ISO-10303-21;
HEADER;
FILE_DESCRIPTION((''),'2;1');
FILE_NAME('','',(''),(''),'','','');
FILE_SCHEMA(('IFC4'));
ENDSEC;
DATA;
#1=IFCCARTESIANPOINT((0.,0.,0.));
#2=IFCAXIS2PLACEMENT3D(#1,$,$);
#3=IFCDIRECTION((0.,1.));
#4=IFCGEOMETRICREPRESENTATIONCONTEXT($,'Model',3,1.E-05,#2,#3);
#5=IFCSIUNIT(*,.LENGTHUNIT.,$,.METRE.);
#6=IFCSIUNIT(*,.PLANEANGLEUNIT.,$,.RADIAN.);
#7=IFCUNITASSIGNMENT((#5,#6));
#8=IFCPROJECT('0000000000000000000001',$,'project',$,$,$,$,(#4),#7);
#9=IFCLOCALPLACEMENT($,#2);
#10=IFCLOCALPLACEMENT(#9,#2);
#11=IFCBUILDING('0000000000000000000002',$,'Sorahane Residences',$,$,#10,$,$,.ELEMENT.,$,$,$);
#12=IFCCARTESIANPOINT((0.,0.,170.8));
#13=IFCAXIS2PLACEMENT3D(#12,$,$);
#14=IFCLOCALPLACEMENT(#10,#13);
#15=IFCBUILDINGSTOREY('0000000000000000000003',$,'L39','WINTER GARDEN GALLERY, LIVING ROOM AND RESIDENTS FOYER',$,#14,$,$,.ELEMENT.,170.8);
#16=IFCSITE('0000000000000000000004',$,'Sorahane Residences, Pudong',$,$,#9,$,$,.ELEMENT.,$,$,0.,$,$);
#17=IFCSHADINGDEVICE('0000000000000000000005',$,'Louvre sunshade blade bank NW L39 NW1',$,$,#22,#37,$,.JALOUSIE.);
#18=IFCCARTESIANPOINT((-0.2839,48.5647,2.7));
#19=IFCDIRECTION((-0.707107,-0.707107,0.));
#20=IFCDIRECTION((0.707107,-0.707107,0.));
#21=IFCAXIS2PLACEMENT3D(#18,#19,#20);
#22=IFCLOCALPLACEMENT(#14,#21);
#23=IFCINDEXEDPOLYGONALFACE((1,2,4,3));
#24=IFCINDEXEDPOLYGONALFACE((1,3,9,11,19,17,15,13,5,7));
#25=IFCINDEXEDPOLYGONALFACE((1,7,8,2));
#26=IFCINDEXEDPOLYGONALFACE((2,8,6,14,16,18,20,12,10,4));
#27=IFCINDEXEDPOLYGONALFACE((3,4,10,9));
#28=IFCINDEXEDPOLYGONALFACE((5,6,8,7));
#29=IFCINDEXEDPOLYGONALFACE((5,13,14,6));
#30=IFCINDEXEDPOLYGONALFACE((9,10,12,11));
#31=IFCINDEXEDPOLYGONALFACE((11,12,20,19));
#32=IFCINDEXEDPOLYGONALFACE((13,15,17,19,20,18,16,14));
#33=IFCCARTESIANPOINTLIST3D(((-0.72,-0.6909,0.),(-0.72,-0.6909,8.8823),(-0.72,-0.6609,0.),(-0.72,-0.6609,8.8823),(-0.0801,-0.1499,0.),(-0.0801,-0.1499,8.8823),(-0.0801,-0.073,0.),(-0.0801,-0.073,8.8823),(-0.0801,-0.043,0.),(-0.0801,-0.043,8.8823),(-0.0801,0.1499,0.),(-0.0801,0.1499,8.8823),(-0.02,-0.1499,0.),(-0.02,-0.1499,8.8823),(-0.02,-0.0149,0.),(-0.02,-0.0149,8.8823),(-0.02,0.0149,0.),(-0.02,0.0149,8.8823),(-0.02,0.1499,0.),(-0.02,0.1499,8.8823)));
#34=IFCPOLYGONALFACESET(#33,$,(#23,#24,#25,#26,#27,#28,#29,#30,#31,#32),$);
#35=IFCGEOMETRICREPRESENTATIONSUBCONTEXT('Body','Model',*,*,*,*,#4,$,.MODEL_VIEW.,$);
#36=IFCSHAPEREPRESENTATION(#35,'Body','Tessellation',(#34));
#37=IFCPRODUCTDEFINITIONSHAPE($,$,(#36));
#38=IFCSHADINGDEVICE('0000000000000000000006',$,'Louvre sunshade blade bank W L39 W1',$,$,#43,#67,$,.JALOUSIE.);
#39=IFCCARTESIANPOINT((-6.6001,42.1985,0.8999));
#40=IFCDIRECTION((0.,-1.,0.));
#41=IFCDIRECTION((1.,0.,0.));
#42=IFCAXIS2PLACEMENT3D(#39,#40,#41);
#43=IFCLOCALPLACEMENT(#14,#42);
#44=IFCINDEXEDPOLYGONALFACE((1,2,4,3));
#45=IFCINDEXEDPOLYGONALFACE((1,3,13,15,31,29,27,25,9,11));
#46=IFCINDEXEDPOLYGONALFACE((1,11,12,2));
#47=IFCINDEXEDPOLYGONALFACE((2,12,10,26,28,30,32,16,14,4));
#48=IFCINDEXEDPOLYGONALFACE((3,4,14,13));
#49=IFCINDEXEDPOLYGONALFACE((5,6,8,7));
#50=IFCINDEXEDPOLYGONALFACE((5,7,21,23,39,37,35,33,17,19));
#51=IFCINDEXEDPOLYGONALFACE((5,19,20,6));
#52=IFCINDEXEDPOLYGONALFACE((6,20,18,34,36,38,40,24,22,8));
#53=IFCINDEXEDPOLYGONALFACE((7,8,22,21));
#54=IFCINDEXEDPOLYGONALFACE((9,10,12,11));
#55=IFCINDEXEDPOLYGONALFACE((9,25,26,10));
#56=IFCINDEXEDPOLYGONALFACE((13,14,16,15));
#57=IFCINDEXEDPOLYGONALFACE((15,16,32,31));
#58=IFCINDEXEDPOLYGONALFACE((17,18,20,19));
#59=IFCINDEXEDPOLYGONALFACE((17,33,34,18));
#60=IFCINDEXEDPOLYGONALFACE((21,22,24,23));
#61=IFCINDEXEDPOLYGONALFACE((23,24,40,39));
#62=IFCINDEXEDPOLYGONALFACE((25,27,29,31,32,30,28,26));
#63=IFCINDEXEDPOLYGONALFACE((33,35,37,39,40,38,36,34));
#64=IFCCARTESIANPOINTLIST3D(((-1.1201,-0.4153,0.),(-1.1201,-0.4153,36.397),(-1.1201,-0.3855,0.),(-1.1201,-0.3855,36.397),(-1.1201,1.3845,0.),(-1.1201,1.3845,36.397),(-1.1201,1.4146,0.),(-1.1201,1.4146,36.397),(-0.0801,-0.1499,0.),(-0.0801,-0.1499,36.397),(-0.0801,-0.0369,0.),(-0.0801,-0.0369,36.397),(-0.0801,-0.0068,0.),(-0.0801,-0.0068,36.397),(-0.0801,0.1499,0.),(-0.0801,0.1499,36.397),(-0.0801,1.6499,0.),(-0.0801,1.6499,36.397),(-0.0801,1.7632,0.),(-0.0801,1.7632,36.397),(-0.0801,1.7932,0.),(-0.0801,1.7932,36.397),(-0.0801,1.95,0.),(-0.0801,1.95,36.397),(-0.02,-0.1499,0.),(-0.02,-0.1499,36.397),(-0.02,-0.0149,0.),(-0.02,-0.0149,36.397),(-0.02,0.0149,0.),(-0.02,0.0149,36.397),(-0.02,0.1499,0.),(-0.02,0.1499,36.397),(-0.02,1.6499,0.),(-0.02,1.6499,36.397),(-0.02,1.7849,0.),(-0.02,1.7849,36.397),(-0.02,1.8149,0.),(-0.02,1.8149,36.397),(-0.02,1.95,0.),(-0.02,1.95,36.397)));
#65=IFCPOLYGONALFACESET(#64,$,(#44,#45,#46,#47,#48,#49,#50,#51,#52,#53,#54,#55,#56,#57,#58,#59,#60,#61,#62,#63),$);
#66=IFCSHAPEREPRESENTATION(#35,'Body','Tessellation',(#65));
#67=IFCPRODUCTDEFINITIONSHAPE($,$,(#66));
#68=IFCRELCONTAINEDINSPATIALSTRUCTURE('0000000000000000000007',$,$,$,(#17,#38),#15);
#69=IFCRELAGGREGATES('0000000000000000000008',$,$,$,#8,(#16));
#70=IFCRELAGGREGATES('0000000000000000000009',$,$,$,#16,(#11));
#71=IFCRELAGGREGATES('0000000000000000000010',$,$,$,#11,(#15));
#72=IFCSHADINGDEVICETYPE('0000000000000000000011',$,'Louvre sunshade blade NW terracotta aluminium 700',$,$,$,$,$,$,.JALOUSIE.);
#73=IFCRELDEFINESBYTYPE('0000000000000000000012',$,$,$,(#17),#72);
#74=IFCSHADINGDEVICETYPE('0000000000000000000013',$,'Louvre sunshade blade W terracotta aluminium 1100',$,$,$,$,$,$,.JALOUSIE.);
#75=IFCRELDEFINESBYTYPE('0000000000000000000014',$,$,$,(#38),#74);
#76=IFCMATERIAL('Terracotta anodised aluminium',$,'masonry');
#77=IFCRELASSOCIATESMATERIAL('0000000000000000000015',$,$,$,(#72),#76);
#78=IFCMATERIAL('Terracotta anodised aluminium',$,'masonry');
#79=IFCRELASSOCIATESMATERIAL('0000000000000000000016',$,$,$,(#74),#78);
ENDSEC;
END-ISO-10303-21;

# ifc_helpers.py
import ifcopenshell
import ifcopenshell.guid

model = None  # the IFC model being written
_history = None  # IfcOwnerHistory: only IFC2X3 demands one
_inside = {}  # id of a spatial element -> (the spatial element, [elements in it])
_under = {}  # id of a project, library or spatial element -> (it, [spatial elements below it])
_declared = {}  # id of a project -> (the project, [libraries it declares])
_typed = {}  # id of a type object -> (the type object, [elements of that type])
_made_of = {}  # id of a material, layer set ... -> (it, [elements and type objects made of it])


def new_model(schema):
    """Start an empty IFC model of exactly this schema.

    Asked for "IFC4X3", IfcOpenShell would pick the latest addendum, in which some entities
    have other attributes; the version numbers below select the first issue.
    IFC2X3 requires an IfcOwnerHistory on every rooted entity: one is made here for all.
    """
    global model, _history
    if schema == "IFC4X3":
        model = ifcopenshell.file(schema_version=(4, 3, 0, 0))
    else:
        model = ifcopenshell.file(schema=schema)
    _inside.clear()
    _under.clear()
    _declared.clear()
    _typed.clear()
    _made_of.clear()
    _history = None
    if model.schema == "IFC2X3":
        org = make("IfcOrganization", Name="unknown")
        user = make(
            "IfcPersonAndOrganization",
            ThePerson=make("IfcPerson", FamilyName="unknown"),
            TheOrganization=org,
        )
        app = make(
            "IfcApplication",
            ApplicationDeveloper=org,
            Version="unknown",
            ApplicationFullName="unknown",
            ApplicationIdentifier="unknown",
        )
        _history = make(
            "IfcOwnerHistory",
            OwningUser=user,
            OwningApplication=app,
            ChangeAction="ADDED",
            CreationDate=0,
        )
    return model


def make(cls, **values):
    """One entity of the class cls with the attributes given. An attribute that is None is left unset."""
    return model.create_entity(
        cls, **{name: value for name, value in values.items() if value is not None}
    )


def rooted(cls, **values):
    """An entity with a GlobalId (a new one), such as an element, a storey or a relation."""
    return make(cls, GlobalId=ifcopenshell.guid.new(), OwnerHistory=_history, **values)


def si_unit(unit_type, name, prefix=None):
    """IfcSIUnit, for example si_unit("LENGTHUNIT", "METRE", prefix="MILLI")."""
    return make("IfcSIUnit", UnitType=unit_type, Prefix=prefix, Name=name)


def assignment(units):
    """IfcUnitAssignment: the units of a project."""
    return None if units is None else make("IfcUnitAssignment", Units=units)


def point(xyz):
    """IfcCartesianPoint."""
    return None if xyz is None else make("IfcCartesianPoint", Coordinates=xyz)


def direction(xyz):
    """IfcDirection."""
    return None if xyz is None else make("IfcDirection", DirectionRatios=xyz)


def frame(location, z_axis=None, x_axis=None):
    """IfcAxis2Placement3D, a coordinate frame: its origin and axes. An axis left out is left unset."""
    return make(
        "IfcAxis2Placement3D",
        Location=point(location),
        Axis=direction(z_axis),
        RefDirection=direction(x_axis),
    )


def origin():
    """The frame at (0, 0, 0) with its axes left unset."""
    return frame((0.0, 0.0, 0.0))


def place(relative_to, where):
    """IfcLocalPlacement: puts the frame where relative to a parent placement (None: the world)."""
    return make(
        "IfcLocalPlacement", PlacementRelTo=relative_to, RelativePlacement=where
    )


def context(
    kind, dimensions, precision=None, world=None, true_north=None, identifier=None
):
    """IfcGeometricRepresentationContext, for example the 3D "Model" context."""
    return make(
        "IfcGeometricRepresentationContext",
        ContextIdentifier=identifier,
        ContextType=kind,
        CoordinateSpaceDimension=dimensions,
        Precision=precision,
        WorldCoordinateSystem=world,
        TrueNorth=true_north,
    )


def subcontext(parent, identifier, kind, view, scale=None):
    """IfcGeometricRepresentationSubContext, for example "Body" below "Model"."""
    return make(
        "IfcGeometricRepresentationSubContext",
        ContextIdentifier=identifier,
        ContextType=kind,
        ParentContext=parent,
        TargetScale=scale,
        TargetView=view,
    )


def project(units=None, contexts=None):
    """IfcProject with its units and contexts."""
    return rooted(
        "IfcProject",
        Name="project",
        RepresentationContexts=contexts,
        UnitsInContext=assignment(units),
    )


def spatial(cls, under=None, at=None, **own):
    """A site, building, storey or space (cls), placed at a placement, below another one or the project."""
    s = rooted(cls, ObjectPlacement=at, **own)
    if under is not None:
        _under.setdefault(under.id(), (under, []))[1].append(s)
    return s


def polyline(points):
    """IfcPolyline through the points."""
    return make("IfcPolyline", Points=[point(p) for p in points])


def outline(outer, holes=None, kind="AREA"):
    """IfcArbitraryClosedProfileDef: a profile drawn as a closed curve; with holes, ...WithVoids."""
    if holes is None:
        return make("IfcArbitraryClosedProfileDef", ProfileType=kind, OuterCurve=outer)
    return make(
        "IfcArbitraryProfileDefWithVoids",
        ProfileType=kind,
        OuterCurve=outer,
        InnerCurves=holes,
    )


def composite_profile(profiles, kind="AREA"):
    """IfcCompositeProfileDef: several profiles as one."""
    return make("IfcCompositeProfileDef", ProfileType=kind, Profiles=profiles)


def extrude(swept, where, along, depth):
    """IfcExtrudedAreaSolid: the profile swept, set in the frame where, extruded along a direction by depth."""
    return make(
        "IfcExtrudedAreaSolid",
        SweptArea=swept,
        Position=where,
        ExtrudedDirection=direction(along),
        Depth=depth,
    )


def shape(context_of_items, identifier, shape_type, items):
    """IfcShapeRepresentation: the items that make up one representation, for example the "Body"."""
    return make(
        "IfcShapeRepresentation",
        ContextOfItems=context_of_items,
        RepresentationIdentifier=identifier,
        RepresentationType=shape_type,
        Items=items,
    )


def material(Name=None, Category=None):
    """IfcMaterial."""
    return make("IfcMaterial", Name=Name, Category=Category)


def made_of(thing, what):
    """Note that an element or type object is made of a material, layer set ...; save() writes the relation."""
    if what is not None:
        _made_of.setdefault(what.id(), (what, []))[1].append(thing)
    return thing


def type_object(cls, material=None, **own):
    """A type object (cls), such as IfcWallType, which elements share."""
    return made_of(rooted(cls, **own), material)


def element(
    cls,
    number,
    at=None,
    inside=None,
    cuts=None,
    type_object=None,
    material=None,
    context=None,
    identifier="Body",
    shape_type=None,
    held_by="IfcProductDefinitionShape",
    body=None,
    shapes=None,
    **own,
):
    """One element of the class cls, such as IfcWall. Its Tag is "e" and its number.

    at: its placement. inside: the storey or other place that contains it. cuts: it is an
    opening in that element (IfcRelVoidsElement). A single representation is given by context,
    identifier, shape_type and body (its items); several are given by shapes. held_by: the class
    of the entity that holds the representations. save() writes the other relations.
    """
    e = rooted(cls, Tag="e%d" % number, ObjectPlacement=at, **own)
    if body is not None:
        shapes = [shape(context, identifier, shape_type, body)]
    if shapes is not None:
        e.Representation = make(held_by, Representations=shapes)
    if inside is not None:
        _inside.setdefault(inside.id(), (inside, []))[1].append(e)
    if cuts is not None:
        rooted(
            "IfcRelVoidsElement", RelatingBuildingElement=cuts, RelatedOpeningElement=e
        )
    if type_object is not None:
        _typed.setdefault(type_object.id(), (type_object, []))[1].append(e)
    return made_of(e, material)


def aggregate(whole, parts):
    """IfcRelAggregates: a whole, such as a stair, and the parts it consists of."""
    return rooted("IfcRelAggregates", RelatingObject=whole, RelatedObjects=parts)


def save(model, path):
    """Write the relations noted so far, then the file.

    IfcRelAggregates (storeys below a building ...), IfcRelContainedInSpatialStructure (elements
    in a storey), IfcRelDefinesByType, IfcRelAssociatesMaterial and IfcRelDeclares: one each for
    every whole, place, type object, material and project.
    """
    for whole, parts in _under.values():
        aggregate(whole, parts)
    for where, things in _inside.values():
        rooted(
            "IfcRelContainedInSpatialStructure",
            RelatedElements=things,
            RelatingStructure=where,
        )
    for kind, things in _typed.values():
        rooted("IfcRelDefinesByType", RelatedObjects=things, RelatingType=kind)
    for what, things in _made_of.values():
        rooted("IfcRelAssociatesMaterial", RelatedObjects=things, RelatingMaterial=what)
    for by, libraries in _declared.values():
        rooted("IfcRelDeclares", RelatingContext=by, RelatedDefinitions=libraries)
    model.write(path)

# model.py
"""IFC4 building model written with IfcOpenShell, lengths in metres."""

from ifc_helpers import new_model, si_unit, direction, frame, origin, place, context, subcontext, project, spatial, polyline, outline, composite_profile, extrude, material, type_object, element, save


model = new_model("IFC4")

# Units and contexts
model_context = context("Model", 3, precision=1e-05, world=origin(), true_north=direction((0.0, 1.0)))
body_context = subcontext(model_context, "Body", "Model", "MODEL_VIEW")
ifc_project = project(units=[si_unit("LENGTHUNIT", "METRE"), si_unit("PLANEANGLEUNIT", "RADIAN")], contexts=[model_context])

# Site, building, storey
site_placement = place(None, origin())
site = spatial("IfcSite", under=ifc_project, at=site_placement, Name="Sorahane Residences, Pudong", CompositionType="ELEMENT", RefElevation=0.0)
building_placement = place(site_placement, origin())
building = spatial("IfcBuilding", under=site, at=building_placement, Name="Sorahane Residences", CompositionType="ELEMENT")
storey_placement = place(building_placement, frame((0.0, 0.0, 170.8)))
storey = spatial("IfcBuildingStorey", under=building, at=storey_placement, Name="L39", Description="WINTER GARDEN GALLERY, LIVING ROOM AND RESIDENTS FOYER", CompositionType="ELEMENT", Elevation=170.8)

# Shading devices
ifc_material_1 = material(Name="Terracotta anodised aluminium", Category="masonry")
shading_device_type_1 = type_object("IfcShadingDeviceType", Name="Louvre sunshade blade NW terracotta aluminium 700", PredefinedType="JALOUSIE", material=ifc_material_1)
shading_device_1_placement = place(storey_placement, frame((-0.2839, 48.5647, 2.7), z_axis=(-0.707107, -0.707107, 0.0), x_axis=(0.707107, -0.707107, 0.0)))
element("IfcShadingDevice", 1, at=shading_device_1_placement, inside=storey, type_object=shading_device_type_1, Name="Louvre sunshade blade bank NW L39 NW1", PredefinedType="JALOUSIE", context=body_context, shape_type="SweptSolid", body=[
    extrude(outline(polyline([(-0.72, -0.6609), (-0.72, -0.6909), (-0.0801, -0.073), (-0.0801, -0.1499), (-0.02, -0.1499), (-0.02, -0.0149), (-0.02, 0.0149), (-0.02, 0.1499), (-0.0801, 0.1499), (-0.0801, -0.043), (-0.72, -0.6609)])), origin(), (0.0, 0.0, 1.0), 8.8823),
])
ifc_material_2 = material(Name="Terracotta anodised aluminium", Category="masonry")
shading_device_type_2 = type_object("IfcShadingDeviceType", Name="Louvre sunshade blade W terracotta aluminium 1100", PredefinedType="JALOUSIE", material=ifc_material_2)
shading_device_2_placement = place(storey_placement, frame((-6.6001, 42.1985, 0.8999), z_axis=(0.0, -1.0, 0.0), x_axis=(1.0, 0.0, 0.0)))
element("IfcShadingDevice", 2, at=shading_device_2_placement, inside=storey, type_object=shading_device_type_2, Name="Louvre sunshade blade bank W L39 W1", PredefinedType="JALOUSIE", context=body_context, shape_type="SweptSolid", body=[
    extrude(composite_profile([outline(polyline([(-1.1201, -0.3855), (-1.1201, -0.4153), (-0.0801, -0.0369), (-0.0801, -0.1499), (-0.02, -0.1499), (-0.02, -0.0149), (-0.02, 0.0149), (-0.02, 0.1499), (-0.0801, 0.1499), (-0.0801, -0.0068), (-1.1201, -0.3855)])), outline(polyline([(-1.1201, 1.4146), (-1.1201, 1.3845), (-0.0801, 1.7632), (-0.0801, 1.6499), (-0.02, 1.6499), (-0.02, 1.7849), (-0.02, 1.8149), (-0.02, 1.95), (-0.0801, 1.95), (-0.0801, 1.7932), (-1.1201, 1.4146)]))]), origin(), (0.0, 0.0, 1.0), 36.397),
])

save(model, "model.ifc")
